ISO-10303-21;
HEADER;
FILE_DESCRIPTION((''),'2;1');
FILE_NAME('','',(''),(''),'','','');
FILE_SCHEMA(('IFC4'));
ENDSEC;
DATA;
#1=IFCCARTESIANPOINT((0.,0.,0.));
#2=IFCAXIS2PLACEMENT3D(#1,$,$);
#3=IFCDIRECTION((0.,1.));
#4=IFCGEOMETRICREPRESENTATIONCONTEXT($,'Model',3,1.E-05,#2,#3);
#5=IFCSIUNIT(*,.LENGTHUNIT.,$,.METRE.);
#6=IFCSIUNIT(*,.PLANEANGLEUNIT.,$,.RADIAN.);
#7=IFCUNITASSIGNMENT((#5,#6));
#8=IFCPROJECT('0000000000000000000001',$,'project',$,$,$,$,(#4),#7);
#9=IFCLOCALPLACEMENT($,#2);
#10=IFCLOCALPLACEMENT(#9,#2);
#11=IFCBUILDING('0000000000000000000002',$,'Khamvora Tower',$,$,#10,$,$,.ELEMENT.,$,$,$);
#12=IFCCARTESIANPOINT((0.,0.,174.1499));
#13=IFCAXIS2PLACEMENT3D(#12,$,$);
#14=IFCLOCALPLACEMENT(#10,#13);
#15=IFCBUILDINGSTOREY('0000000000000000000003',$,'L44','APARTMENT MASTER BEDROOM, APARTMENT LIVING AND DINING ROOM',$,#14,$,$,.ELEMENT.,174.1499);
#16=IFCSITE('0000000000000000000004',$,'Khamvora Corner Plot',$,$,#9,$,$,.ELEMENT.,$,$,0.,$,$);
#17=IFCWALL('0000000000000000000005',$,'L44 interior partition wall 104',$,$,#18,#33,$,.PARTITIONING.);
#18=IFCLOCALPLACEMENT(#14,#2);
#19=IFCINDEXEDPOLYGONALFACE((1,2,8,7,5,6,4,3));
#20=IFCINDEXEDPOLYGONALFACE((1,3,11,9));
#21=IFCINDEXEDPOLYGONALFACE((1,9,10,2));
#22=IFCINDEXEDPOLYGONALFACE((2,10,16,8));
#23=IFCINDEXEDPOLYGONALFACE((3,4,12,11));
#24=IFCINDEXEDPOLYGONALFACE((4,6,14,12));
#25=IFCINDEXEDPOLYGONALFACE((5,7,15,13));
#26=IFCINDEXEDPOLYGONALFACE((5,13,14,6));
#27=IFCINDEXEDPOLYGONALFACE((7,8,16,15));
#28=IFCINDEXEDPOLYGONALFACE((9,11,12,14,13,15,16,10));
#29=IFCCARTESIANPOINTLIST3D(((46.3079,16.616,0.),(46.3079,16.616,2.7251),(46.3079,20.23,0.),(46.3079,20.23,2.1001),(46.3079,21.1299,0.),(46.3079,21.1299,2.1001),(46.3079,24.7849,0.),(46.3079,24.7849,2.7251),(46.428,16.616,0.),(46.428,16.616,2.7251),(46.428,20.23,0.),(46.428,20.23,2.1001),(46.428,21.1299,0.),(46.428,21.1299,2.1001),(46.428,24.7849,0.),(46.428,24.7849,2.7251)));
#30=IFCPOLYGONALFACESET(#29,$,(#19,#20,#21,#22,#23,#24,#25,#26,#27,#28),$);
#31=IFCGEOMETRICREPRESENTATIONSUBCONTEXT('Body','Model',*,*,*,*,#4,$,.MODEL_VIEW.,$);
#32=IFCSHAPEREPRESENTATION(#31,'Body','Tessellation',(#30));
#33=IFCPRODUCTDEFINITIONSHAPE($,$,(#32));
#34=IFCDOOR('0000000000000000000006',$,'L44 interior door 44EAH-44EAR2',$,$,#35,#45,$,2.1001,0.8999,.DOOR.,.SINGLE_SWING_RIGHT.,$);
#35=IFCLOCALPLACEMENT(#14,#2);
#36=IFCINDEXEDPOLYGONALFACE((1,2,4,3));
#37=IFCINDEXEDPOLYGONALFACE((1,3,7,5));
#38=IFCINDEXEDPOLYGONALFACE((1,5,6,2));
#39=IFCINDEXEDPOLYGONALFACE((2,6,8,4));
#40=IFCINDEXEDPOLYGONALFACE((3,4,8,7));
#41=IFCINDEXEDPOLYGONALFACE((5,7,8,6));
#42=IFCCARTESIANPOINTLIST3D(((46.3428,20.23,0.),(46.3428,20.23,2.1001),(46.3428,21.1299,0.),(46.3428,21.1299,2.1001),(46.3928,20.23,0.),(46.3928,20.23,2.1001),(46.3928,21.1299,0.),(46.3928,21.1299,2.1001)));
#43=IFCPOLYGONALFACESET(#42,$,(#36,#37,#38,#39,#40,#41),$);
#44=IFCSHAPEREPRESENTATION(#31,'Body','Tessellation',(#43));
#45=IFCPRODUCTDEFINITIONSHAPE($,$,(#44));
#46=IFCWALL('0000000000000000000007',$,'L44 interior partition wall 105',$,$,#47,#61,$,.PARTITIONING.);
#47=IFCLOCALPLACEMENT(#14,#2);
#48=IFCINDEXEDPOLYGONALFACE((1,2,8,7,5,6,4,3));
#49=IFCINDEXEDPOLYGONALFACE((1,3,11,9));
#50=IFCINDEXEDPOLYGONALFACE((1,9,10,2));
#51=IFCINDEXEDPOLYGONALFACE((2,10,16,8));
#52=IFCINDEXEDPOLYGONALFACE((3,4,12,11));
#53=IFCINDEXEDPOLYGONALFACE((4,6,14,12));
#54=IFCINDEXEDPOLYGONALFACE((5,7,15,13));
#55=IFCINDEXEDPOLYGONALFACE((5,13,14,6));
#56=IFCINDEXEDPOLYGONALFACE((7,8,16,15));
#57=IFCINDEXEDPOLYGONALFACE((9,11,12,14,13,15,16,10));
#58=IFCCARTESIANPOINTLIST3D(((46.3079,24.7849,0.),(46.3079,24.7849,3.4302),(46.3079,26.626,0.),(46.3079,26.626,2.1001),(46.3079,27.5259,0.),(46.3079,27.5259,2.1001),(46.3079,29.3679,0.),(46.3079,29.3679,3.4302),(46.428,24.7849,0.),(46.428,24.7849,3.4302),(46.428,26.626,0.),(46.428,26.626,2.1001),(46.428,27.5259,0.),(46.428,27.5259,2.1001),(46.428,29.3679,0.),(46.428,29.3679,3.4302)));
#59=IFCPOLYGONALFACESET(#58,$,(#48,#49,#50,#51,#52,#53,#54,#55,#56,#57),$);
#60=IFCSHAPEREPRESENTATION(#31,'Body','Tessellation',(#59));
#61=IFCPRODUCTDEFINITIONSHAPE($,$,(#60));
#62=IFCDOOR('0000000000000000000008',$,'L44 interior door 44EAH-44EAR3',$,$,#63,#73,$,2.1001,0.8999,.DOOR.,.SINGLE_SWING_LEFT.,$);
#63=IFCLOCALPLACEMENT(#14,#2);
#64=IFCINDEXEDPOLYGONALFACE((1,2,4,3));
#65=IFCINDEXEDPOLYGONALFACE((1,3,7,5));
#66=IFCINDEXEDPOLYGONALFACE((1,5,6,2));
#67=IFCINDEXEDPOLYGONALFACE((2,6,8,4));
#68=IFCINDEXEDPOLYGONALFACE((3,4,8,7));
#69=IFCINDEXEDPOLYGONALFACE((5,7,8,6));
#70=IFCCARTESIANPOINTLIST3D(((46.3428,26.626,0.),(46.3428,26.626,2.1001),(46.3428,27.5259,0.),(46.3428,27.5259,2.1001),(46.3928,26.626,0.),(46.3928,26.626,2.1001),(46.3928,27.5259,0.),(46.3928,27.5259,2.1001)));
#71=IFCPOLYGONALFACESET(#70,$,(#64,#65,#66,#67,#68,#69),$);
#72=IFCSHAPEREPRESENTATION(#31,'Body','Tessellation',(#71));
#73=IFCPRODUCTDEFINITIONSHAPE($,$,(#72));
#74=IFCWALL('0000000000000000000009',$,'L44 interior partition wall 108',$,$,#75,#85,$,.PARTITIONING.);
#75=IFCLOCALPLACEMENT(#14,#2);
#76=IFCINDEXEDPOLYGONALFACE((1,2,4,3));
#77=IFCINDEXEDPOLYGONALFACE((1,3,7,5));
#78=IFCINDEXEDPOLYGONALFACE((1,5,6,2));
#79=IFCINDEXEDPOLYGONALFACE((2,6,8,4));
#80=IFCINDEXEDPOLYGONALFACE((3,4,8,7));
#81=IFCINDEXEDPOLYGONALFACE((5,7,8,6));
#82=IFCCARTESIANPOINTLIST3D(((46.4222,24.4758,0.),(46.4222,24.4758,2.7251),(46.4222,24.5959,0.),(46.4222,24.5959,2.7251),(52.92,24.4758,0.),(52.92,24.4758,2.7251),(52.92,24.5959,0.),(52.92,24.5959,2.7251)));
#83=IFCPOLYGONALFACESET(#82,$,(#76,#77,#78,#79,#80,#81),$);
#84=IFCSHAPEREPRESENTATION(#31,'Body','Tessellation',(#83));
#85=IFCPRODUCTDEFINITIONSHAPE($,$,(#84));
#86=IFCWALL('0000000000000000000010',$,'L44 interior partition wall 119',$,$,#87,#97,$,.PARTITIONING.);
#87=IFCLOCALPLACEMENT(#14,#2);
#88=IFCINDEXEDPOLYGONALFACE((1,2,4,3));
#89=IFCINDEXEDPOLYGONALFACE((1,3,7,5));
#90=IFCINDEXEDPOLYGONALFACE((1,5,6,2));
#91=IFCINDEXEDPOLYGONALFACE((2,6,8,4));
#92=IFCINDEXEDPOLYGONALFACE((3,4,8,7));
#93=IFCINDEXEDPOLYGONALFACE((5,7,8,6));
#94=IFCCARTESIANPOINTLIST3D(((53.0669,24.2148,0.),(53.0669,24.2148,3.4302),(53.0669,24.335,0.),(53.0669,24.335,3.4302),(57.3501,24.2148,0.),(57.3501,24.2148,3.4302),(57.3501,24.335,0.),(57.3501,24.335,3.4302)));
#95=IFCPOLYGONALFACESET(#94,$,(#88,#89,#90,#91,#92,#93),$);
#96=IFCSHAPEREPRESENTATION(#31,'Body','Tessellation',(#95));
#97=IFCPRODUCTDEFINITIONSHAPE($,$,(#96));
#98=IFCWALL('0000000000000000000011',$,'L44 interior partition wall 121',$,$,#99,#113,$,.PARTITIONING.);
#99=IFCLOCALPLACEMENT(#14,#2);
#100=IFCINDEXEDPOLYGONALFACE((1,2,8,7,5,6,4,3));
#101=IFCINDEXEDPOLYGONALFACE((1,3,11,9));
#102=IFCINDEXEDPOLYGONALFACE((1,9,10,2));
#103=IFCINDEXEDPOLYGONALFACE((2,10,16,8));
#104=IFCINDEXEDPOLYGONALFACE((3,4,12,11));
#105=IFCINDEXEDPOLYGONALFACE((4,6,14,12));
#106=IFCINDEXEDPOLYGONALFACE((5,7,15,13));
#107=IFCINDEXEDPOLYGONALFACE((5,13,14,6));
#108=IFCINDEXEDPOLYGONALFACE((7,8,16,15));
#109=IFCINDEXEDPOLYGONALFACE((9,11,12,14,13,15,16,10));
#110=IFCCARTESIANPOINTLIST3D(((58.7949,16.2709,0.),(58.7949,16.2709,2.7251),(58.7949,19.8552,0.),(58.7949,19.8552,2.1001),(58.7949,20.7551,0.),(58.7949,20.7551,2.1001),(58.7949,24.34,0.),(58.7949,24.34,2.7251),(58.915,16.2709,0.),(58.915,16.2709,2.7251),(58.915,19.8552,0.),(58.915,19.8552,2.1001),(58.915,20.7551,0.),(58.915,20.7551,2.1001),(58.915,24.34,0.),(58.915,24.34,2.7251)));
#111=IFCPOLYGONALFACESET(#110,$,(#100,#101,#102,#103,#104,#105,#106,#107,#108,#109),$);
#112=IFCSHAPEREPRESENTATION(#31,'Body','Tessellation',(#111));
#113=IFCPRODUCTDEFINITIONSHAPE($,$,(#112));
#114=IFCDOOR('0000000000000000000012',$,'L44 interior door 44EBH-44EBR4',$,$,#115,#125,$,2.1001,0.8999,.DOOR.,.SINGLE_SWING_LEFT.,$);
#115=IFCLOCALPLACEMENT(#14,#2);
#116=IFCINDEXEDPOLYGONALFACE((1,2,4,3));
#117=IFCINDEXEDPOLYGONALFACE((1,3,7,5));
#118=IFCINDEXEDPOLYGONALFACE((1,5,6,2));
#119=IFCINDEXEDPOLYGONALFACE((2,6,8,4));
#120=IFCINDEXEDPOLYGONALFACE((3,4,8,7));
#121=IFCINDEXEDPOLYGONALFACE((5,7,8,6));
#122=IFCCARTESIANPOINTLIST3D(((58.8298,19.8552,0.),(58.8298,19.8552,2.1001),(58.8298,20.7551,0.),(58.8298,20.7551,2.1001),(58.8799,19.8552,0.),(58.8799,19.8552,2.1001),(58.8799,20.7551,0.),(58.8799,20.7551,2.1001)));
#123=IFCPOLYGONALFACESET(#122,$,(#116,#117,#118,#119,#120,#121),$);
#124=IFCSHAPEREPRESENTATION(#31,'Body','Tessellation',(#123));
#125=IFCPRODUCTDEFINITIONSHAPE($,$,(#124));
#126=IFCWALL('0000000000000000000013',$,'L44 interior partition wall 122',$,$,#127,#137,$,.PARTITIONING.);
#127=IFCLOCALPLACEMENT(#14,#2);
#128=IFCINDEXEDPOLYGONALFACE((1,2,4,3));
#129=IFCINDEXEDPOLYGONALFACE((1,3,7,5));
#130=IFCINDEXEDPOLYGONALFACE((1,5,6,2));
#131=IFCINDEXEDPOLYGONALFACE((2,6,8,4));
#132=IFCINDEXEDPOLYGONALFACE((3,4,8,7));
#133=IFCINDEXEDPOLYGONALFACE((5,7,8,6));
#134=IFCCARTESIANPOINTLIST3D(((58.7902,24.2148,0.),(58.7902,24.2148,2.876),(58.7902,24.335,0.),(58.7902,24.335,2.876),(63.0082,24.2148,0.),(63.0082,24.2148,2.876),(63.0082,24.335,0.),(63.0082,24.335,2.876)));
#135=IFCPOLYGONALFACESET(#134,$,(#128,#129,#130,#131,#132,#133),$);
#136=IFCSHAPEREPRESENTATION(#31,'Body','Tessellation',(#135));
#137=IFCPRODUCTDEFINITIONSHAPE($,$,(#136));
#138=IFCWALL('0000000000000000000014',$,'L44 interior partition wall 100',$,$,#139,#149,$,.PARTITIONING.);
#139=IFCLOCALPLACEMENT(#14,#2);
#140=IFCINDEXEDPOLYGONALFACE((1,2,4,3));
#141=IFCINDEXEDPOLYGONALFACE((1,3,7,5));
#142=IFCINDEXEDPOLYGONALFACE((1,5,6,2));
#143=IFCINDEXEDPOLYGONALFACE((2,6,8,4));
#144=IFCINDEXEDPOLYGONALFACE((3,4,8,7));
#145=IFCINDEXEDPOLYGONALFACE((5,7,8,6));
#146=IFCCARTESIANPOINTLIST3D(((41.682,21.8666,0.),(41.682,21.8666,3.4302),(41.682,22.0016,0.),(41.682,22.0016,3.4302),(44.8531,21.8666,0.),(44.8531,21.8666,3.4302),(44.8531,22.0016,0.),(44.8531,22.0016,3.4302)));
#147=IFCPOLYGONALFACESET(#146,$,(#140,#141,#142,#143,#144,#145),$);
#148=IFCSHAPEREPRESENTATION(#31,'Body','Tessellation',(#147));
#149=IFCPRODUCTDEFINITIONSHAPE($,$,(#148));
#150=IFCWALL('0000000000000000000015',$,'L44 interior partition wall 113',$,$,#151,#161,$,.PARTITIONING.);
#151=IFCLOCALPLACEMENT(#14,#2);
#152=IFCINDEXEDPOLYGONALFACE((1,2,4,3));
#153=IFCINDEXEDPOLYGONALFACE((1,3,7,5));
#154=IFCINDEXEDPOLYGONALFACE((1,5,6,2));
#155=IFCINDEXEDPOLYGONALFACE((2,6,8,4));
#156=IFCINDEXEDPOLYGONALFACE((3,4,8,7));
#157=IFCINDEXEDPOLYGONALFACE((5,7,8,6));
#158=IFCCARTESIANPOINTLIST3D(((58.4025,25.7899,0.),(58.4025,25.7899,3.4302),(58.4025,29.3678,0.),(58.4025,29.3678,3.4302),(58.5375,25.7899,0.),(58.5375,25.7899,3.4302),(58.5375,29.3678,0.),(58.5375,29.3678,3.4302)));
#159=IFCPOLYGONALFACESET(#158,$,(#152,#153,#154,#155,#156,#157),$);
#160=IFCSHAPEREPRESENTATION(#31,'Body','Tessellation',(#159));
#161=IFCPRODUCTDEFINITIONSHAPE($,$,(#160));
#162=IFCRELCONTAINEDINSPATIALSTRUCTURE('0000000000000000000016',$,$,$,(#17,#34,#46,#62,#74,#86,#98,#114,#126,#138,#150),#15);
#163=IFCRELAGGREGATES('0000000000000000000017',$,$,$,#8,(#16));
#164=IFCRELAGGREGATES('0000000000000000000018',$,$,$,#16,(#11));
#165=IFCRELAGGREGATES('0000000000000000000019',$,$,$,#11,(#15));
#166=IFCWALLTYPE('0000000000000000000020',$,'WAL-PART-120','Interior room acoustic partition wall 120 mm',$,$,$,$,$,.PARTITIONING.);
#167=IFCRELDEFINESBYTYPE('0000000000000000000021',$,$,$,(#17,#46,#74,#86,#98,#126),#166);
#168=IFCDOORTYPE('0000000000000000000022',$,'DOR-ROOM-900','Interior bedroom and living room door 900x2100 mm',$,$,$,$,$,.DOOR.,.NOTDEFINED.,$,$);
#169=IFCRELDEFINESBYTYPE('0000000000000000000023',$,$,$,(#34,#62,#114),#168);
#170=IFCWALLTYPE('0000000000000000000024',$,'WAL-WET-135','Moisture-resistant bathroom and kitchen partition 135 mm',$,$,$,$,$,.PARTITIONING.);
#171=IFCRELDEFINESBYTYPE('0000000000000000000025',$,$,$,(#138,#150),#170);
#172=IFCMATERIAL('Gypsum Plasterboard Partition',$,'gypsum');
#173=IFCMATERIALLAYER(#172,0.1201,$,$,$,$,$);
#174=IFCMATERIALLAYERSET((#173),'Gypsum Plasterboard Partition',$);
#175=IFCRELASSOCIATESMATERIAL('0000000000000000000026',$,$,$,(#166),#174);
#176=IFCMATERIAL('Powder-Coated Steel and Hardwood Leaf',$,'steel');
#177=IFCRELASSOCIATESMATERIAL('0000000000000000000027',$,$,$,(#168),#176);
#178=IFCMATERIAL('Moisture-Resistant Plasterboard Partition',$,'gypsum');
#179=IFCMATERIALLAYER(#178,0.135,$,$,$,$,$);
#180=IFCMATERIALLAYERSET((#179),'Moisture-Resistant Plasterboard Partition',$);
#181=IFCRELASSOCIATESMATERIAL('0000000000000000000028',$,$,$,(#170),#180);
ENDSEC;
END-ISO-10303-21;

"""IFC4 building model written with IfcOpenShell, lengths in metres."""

from ifc_helpers import new_model, si_unit, direction, frame, frame_2d, origin, place, context, subcontext, project, spatial, rectangle, extrude, material, layer, layer_set, type_object, element, fill, save


model = new_model("IFC4")

# Units and contexts
model_context = context("Model", 3, precision=1e-05, world=origin(), true_north=direction((0.0, 1.0)))
body_context = subcontext(model_context, "Body", "Model", "MODEL_VIEW")
ifc_project = project(units=[si_unit("LENGTHUNIT", "METRE"), si_unit("PLANEANGLEUNIT", "RADIAN")], contexts=[model_context])

# Site, building, storey
site_placement = place(None, origin())
site = spatial("IfcSite", under=ifc_project, at=site_placement, Name="Khamvora Corner Plot", CompositionType="ELEMENT", RefElevation=0.0)
building_placement = place(site_placement, origin())
building = spatial("IfcBuilding", under=site, at=building_placement, Name="Khamvora Tower", CompositionType="ELEMENT")
storey_placement = place(building_placement, frame((0.0, 0.0, 174.1499)))
storey = spatial("IfcBuildingStorey", under=building, at=storey_placement, Name="L44", Description="APARTMENT MASTER BEDROOM, APARTMENT LIVING AND DINING ROOM", CompositionType="ELEMENT", Elevation=174.1499)

# Walls, openings, doors
ifc_material_1 = material(Name="Gypsum Plasterboard Partition", Category="gypsum")
ifc_layer_1 = layer(ifc_material_1, 0.1201)
ifc_layer_set_1 = layer_set([ifc_layer_1], Name="Gypsum Plasterboard Partition")
wall_type_1 = type_object("IfcWallType", Name="WAL-PART-120", Description="Interior room acoustic partition wall 120 mm", PredefinedType="PARTITIONING", material=ifc_layer_set_1)
wall_1_placement = place(storey_placement, frame((46.3679, 24.7849, 0.0), z_axis=(0.0, 0.0, 1.0), x_axis=(0.0, -1.0, 0.0)))
wall_1 = element("IfcWall", 1, at=wall_1_placement, inside=storey, type_object=wall_type_1, Name="L44 interior partition wall 104", PredefinedType="PARTITIONING", context=body_context, shape_type="SweptSolid", body=[
    extrude(rectangle(XDim=8.1689, YDim=0.1201, at=frame_2d((4.0845, 0.0))), origin(), (0.0, 0.0, 1.0), 2.7251),
])
opening_1_placement = place(wall_1_placement, frame((3.655, 0.0, 0.0)))
opening_1 = element("IfcOpeningElement", 2, at=opening_1_placement, cuts=wall_1, PredefinedType="OPENING", context=body_context, shape_type="SweptSolid", body=[
    extrude(rectangle(XDim=0.8999, YDim=2.1001, at=frame_2d((0.45, 1.05))), frame((0.0, 0.0701, 0.0), z_axis=(0.0, -1.0, 0.0), x_axis=(1.0, 0.0, 0.0)), (0.0, 0.0, 1.0), 0.1401),
])
ifc_material_2 = material(Name="Powder-Coated Steel and Hardwood Leaf", Category="steel")
door_type_1 = type_object("IfcDoorType", Name="DOR-ROOM-900", Description="Interior bedroom and living room door 900x2100 mm", OperationType="NOTDEFINED", PredefinedType="DOOR", material=ifc_material_2)
door_1_placement = place(opening_1_placement, origin())
door_1 = element("IfcDoor", 3, at=door_1_placement, inside=storey, type_object=door_type_1, Name="L44 interior door 44EAH-44EAR2", OperationType="SINGLE_SWING_RIGHT", OverallHeight=2.1001, OverallWidth=0.8999, PredefinedType="DOOR", context=body_context, shape_type="SweptSolid", body=[
    extrude(rectangle(XDim=0.8999, YDim=2.1001, at=frame_2d((0.45, 1.05))), frame((0.0, 0.0249, 0.0), z_axis=(0.0, -1.0, 0.0), x_axis=(1.0, 0.0, 0.0)), (0.0, 0.0, 1.0), 0.05),
])
fill(opening_1, door_1)
wall_2_placement = place(storey_placement, frame((46.3679, 29.3679, 0.0), z_axis=(0.0, 0.0, 1.0), x_axis=(0.0, -1.0, 0.0)))
wall_2 = element("IfcWall", 4, at=wall_2_placement, inside=storey, type_object=wall_type_1, Name="L44 interior partition wall 105", PredefinedType="PARTITIONING", context=body_context, shape_type="SweptSolid", body=[
    extrude(rectangle(XDim=4.583, YDim=0.1201, at=frame_2d((2.2915, 0.0))), origin(), (0.0, 0.0, 1.0), 3.4302),
])
opening_2_placement = place(wall_2_placement, frame((1.842, 0.0, 0.0)))
opening_2 = element("IfcOpeningElement", 5, at=opening_2_placement, cuts=wall_2, PredefinedType="OPENING", context=body_context, shape_type="SweptSolid", body=[
    extrude(rectangle(XDim=0.8999, YDim=2.1001, at=frame_2d((0.45, 1.05))), frame((0.0, 0.0701, 0.0), z_axis=(0.0, -1.0, 0.0), x_axis=(1.0, 0.0, 0.0)), (0.0, 0.0, 1.0), 0.1401),
])
door_2_placement = place(opening_2_placement, origin())
door_2 = element("IfcDoor", 6, at=door_2_placement, inside=storey, type_object=door_type_1, Name="L44 interior door 44EAH-44EAR3", OperationType="SINGLE_SWING_LEFT", OverallHeight=2.1001, OverallWidth=0.8999, PredefinedType="DOOR", context=body_context, shape_type="SweptSolid", body=[
    extrude(rectangle(XDim=0.8999, YDim=2.1001, at=frame_2d((0.45, 1.05))), frame((0.0, 0.0249, 0.0), z_axis=(0.0, -1.0, 0.0), x_axis=(1.0, 0.0, 0.0)), (0.0, 0.0, 1.0), 0.05),
])
fill(opening_2, door_2)

# Walls
wall_3_placement = place(storey_placement, frame((46.4221, 24.5359, 0.0), z_axis=(0.0, 0.0, 1.0), x_axis=(1.0, 0.0, 0.0)))
element("IfcWall", 7, at=wall_3_placement, inside=storey, type_object=wall_type_1, Name="L44 interior partition wall 108", PredefinedType="PARTITIONING", context=body_context, shape_type="SweptSolid", body=[
    extrude(rectangle(XDim=6.4978, YDim=0.1201, at=frame_2d((3.249, 0.0))), origin(), (0.0, 0.0, 1.0), 2.7251),
])
wall_4_placement = place(storey_placement, frame((57.3501, 24.2749, 0.0), z_axis=(0.0, 0.0, 1.0), x_axis=(-1.0, 0.0, 0.0)))
element("IfcWall", 8, at=wall_4_placement, inside=storey, type_object=wall_type_1, Name="L44 interior partition wall 119", PredefinedType="PARTITIONING", context=body_context, shape_type="SweptSolid", body=[
    extrude(rectangle(XDim=4.2832, YDim=0.1201, at=frame_2d((2.1416, 0.0))), origin(), (0.0, 0.0, 1.0), 3.4302),
])

# Wall, opening, door
wall_5_placement = place(storey_placement, frame((58.855, 24.3401, 0.0), z_axis=(0.0, 0.0, 1.0), x_axis=(0.0, -1.0, 0.0)))
wall_5 = element("IfcWall", 9, at=wall_5_placement, inside=storey, type_object=wall_type_1, Name="L44 interior partition wall 121", PredefinedType="PARTITIONING", context=body_context, shape_type="SweptSolid", body=[
    extrude(rectangle(XDim=8.0691, YDim=0.1201, at=frame_2d((4.0347, 0.0))), origin(), (0.0, 0.0, 1.0), 2.7251),
])
opening_3_placement = place(wall_5_placement, frame((3.585, 0.0, 0.0)))
opening_3 = element("IfcOpeningElement", 10, at=opening_3_placement, cuts=wall_5, PredefinedType="OPENING", context=body_context, shape_type="SweptSolid", body=[
    extrude(rectangle(XDim=0.8999, YDim=2.1001, at=frame_2d((0.45, 1.05))), frame((0.0, 0.0701, 0.0), z_axis=(0.0, -1.0, 0.0), x_axis=(1.0, 0.0, 0.0)), (0.0, 0.0, 1.0), 0.1401),
])
door_3_placement = place(opening_3_placement, origin())
door_3 = element("IfcDoor", 11, at=door_3_placement, inside=storey, type_object=door_type_1, Name="L44 interior door 44EBH-44EBR4", OperationType="SINGLE_SWING_LEFT", OverallHeight=2.1001, OverallWidth=0.8999, PredefinedType="DOOR", context=body_context, shape_type="SweptSolid", body=[
    extrude(rectangle(XDim=0.8999, YDim=2.1001, at=frame_2d((0.45, 1.05))), frame((0.0, 0.0249, 0.0), z_axis=(0.0, -1.0, 0.0), x_axis=(1.0, 0.0, 0.0)), (0.0, 0.0, 1.0), 0.05),
])
fill(opening_3, door_3)

# Walls
wall_6_placement = place(storey_placement, frame((63.0081, 24.2749, 0.0), z_axis=(0.0, 0.0, 1.0), x_axis=(-1.0, 0.0, 0.0)))
element("IfcWall", 12, at=wall_6_placement, inside=storey, type_object=wall_type_1, Name="L44 interior partition wall 122", PredefinedType="PARTITIONING", context=body_context, shape_type="SweptSolid", body=[
    extrude(rectangle(XDim=4.218, YDim=0.1201, at=frame_2d((2.1089, 0.0))), origin(), (0.0, 0.0, 1.0), 2.876),
])
ifc_material_3 = material(Name="Moisture-Resistant Plasterboard Partition", Category="gypsum")
ifc_layer_2 = layer(ifc_material_3, 0.135)
ifc_layer_set_2 = layer_set([ifc_layer_2], Name="Moisture-Resistant Plasterboard Partition")
wall_type_2 = type_object("IfcWallType", Name="WAL-WET-135", Description="Moisture-resistant bathroom and kitchen partition 135 mm", PredefinedType="PARTITIONING", material=ifc_layer_set_2)
wall_7_placement = place(storey_placement, frame((44.853, 21.9341, 0.0), z_axis=(0.0, 0.0, 1.0), x_axis=(-1.0, 0.0, 0.0)))
element("IfcWall", 13, at=wall_7_placement, inside=storey, type_object=wall_type_2, Name="L44 interior partition wall 100", PredefinedType="PARTITIONING", context=body_context, shape_type="SweptSolid", body=[
    extrude(rectangle(XDim=3.1711, YDim=0.135, at=frame_2d((1.5854, 0.0))), origin(), (0.0, 0.0, 1.0), 3.4302),
])
wall_8_placement = place(storey_placement, frame((58.47, 29.3679, 0.0), z_axis=(0.0, 0.0, 1.0), x_axis=(0.0, -1.0, 0.0)))
element("IfcWall", 14, at=wall_8_placement, inside=storey, type_object=wall_type_2, Name="L44 interior partition wall 113", PredefinedType="PARTITIONING", context=body_context, shape_type="SweptSolid", body=[
    extrude(rectangle(XDim=3.5779, YDim=0.135, at=frame_2d((1.7891, 0.0))), origin(), (0.0, 0.0, 1.0), 3.4302),
])

save(model, "model.ifc")
